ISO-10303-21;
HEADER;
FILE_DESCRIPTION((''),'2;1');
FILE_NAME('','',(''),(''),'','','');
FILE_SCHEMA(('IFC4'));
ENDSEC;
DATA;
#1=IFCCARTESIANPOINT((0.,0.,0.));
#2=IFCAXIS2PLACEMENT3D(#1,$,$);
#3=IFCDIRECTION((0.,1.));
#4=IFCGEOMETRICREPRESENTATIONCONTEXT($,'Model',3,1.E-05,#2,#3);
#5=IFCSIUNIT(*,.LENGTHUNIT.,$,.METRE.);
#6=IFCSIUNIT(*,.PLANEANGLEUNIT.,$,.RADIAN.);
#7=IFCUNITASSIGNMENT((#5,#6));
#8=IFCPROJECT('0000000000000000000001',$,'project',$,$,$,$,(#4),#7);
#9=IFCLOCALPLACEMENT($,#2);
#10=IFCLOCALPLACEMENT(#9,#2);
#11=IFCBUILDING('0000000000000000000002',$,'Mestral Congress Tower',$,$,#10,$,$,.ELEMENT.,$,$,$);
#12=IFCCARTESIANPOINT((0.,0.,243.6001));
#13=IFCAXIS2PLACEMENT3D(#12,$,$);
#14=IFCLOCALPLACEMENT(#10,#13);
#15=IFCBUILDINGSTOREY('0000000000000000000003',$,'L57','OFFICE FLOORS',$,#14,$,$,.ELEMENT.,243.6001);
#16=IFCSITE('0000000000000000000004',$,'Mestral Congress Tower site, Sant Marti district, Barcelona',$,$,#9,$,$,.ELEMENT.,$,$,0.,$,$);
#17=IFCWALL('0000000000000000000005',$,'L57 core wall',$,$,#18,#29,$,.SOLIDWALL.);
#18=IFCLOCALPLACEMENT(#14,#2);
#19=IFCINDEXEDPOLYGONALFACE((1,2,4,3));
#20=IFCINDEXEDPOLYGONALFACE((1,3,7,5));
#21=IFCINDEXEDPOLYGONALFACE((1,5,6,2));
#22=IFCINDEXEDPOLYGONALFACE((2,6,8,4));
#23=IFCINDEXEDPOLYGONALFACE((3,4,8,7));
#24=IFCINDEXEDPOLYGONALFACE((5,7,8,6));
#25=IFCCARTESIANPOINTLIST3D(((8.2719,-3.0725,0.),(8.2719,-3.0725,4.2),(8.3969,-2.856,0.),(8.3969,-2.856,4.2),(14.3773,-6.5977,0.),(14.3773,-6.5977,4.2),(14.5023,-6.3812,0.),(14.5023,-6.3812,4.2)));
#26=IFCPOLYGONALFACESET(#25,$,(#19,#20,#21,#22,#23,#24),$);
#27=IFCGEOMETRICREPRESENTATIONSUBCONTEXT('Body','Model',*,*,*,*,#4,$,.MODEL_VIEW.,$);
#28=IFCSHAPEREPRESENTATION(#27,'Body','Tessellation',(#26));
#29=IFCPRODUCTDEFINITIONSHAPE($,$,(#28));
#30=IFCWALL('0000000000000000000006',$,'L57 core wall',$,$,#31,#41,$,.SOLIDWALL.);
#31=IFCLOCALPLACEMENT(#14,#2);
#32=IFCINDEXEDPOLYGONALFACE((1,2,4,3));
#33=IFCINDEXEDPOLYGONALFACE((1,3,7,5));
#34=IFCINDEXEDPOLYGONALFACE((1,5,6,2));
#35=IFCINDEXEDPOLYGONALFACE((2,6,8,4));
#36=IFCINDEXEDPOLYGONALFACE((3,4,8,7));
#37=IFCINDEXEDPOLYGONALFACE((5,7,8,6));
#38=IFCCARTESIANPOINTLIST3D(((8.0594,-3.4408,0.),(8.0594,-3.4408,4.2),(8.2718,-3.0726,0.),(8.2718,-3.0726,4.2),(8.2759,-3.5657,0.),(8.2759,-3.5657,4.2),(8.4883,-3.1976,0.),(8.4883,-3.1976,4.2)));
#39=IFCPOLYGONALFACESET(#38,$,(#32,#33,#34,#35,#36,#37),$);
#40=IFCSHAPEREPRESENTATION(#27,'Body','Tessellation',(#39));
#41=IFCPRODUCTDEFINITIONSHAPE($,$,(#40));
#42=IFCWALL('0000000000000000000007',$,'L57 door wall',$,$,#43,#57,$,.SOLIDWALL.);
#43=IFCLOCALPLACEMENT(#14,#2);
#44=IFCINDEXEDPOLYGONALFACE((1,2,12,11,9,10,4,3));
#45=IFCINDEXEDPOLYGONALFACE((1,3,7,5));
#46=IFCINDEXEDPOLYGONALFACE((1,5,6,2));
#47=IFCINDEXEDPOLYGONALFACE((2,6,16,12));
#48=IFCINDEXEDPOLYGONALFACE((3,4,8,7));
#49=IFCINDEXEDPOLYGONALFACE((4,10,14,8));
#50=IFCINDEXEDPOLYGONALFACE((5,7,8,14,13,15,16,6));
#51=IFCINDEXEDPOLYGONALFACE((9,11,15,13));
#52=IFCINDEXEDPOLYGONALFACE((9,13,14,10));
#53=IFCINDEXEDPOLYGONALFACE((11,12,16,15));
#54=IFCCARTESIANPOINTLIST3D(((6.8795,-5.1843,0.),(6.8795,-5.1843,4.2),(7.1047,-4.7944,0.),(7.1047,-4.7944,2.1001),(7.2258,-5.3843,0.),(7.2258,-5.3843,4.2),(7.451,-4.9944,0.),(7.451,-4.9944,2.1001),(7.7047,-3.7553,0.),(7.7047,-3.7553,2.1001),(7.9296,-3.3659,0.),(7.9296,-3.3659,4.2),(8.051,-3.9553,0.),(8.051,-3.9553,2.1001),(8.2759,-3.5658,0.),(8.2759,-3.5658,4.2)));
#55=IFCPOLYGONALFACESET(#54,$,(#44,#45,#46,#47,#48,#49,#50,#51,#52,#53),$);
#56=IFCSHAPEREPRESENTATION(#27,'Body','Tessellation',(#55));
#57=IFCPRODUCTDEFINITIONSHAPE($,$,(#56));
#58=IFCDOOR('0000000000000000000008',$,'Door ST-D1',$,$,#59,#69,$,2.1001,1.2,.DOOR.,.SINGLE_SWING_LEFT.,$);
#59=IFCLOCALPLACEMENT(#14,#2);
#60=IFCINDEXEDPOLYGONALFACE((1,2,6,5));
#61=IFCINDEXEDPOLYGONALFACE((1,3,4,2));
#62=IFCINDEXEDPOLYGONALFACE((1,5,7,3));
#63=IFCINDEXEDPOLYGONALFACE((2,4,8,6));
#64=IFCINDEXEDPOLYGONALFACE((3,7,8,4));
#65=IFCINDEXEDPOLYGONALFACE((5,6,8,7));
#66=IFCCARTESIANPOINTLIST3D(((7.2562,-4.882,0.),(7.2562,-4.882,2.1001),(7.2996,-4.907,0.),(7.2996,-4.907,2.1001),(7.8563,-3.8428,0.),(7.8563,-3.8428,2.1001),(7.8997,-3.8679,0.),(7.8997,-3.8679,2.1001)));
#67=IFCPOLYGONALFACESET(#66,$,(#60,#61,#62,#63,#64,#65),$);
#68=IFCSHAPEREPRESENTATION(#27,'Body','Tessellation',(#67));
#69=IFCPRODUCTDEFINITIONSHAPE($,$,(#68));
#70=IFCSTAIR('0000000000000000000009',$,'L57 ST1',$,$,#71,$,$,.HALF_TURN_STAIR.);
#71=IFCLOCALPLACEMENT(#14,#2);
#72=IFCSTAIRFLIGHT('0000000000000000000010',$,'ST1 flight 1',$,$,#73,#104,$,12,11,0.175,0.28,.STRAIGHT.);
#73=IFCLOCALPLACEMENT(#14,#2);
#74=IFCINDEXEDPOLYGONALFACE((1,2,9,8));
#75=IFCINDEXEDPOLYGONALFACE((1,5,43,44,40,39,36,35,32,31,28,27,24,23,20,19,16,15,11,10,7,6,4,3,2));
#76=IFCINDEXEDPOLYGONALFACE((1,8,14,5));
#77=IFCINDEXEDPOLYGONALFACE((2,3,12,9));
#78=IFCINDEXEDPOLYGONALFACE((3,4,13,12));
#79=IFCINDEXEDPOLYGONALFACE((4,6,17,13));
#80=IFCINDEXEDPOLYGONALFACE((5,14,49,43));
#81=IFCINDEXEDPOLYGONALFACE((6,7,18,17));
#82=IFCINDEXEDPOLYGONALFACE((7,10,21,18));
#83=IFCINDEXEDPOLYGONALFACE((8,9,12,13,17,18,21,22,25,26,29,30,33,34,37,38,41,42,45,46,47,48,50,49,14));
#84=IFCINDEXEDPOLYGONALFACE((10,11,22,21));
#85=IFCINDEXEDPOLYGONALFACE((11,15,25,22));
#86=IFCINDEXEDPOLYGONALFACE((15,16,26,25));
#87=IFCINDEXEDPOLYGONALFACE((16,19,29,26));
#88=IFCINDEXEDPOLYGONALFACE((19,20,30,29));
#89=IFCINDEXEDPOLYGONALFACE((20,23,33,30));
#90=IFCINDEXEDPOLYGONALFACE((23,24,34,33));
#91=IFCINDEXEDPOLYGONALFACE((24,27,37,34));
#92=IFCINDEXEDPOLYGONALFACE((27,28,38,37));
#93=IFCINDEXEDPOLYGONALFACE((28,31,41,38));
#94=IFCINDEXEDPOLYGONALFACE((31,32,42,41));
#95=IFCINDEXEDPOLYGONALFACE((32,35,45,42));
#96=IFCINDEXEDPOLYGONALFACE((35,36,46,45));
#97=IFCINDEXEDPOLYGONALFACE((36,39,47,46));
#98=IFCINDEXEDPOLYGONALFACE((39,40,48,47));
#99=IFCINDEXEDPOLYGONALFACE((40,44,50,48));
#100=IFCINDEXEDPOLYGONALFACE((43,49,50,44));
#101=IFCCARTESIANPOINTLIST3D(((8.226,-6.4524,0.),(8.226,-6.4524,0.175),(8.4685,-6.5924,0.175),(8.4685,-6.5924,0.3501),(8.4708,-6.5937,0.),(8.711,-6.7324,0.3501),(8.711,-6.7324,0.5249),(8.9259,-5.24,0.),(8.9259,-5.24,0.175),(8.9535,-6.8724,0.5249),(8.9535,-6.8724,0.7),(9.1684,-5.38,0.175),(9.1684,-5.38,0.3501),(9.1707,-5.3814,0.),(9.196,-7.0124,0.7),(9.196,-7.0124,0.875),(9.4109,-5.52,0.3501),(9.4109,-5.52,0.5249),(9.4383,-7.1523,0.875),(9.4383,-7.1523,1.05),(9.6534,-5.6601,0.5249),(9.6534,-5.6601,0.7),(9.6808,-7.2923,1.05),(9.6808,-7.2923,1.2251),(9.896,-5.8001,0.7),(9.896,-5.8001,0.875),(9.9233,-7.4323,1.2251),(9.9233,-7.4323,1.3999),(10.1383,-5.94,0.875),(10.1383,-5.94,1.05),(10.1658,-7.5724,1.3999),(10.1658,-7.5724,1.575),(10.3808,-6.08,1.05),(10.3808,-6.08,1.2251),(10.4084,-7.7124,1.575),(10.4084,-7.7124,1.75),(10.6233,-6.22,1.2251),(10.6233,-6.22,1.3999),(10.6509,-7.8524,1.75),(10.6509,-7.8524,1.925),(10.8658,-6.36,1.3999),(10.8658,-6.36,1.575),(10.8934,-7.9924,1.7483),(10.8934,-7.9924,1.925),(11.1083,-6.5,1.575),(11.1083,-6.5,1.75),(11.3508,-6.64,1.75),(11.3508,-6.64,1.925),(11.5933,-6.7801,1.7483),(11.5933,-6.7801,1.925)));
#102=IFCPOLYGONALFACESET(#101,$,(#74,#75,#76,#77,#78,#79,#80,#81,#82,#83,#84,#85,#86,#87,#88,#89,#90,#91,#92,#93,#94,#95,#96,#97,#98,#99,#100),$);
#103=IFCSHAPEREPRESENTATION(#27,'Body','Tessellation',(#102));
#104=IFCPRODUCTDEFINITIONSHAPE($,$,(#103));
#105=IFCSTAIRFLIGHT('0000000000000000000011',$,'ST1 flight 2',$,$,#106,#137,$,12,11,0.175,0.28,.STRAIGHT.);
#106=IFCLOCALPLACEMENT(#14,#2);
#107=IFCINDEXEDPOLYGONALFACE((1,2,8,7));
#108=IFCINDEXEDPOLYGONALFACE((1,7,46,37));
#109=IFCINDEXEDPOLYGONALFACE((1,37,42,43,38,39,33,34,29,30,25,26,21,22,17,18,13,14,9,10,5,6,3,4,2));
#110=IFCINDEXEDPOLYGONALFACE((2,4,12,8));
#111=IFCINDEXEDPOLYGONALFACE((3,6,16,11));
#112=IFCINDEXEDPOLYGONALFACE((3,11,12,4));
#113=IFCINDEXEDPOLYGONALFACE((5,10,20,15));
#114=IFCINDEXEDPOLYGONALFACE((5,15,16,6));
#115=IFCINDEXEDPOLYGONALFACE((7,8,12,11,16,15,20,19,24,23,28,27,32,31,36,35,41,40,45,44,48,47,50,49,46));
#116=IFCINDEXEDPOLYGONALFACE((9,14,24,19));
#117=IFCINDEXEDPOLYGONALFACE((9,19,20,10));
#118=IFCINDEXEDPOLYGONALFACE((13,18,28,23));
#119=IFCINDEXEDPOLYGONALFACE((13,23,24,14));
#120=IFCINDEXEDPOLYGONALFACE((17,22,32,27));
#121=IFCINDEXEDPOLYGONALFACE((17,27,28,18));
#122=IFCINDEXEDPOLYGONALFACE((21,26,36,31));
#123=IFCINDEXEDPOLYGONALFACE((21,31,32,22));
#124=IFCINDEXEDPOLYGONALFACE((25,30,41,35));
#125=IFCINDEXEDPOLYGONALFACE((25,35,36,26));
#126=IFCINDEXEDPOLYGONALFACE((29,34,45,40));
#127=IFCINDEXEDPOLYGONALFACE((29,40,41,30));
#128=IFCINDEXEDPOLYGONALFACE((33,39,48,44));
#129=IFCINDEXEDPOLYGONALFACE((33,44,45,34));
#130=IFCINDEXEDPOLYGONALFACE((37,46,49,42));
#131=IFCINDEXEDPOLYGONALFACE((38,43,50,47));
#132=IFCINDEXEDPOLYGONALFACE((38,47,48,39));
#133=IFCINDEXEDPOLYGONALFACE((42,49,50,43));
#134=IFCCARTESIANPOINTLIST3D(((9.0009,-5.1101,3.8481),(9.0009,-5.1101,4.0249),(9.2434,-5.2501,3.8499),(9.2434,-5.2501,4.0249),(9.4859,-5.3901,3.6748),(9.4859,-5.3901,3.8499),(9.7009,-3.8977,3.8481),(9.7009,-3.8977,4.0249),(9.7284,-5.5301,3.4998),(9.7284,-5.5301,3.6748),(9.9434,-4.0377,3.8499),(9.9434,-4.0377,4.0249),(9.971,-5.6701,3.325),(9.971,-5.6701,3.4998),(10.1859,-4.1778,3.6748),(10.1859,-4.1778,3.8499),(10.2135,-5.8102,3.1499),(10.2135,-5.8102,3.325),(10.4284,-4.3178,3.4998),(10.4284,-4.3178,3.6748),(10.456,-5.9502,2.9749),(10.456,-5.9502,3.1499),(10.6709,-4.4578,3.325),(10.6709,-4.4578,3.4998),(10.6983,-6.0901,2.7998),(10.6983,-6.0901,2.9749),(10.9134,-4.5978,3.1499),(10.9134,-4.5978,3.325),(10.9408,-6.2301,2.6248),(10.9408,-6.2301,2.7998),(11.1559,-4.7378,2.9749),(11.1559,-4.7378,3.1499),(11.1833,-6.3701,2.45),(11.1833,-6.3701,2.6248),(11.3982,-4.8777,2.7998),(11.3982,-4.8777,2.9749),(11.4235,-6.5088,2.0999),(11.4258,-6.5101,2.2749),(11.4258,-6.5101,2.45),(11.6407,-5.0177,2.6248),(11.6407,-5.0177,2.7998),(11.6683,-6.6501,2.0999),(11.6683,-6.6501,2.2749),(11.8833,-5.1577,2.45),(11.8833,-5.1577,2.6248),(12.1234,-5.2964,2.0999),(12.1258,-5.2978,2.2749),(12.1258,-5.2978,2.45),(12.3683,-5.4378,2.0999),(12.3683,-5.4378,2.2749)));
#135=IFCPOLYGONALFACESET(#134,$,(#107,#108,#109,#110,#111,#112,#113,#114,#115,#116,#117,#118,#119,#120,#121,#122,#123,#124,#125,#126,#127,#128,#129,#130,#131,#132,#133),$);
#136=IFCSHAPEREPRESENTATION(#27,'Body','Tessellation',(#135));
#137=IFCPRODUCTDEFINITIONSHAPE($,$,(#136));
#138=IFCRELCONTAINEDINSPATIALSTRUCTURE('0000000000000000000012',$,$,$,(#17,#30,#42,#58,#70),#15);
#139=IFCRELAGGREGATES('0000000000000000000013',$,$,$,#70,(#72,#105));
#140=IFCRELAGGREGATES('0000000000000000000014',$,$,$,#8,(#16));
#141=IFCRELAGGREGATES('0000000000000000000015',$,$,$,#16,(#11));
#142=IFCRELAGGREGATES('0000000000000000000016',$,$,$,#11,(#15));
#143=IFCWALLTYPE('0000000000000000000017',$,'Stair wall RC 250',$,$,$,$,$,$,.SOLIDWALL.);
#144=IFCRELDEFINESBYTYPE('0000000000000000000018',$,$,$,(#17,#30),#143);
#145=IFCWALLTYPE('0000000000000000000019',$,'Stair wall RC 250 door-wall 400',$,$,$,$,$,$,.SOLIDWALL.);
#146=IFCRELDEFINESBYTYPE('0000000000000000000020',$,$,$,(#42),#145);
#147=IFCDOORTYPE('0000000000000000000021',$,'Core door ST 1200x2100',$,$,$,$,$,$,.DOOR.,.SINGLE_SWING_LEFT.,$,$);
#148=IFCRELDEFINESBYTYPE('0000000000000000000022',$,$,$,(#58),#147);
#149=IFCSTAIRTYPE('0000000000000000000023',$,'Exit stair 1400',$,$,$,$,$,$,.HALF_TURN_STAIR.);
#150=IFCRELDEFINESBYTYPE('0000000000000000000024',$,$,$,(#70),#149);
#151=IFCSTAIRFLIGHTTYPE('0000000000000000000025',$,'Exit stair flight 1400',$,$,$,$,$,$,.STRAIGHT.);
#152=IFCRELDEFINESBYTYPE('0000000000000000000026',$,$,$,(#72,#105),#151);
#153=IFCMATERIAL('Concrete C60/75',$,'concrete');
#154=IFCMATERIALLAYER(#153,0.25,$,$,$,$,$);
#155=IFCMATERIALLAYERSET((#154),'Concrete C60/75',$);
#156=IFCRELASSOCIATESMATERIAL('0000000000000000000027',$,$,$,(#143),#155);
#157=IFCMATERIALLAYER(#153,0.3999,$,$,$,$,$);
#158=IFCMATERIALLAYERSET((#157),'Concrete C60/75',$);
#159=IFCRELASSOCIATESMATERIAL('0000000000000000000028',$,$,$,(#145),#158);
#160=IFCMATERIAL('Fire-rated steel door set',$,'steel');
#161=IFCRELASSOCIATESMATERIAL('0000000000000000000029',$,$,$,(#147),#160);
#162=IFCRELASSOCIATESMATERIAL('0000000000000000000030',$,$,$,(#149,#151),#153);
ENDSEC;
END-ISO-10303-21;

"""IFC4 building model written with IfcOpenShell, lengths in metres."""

from ifc_helpers import new_model, si_unit, direction, frame, frame_2d, origin, place, context, subcontext, project, spatial, polyline, rectangle, outline, extrude, material, layer, layer_set, type_object, element, fill, aggregate, save


model = new_model("IFC4")

# Units and contexts
model_context = context("Model", 3, precision=1e-05, world=origin(), true_north=direction((0.0, 1.0)))
body_context = subcontext(model_context, "Body", "Model", "MODEL_VIEW")
ifc_project = project(units=[si_unit("LENGTHUNIT", "METRE"), si_unit("PLANEANGLEUNIT", "RADIAN")], contexts=[model_context])

# Site, building, storey
site_placement = place(None, origin())
site = spatial("IfcSite", under=ifc_project, at=site_placement, Name="Mestral Congress Tower site, Sant Marti district, Barcelona", CompositionType="ELEMENT", RefElevation=0.0)
building_placement = place(site_placement, origin())
building = spatial("IfcBuilding", under=site, at=building_placement, Name="Mestral Congress Tower", CompositionType="ELEMENT")
storey_placement = place(building_placement, frame((0.0, 0.0, 243.6001)))
storey = spatial("IfcBuildingStorey", under=building, at=storey_placement, Name="L57", Description="OFFICE FLOORS", CompositionType="ELEMENT", Elevation=243.6001)

# Shared definitions
ifc_material_1 = material(Name="Fire-rated steel door set", Category="steel")

# Shared definitions
ifc_material_2 = material(Name="Concrete C60/75", Category="concrete")

# Walls
ifc_layer_1 = layer(ifc_material_2, 0.25)
ifc_layer_set_1 = layer_set([ifc_layer_1], Name="Concrete C60/75")
wall_type_1 = type_object("IfcWallType", Name="Stair wall RC 250", PredefinedType="SOLIDWALL", material=ifc_layer_set_1)
wall_1_placement = place(storey_placement, frame((8.3345, -2.9644, 0.0), z_axis=(0.0, 0.0, 1.0), x_axis=(0.866016, -0.500016, 0.0)))
element("IfcWall", 1, at=wall_1_placement, inside=storey, type_object=wall_type_1, Name="L57 core wall", PredefinedType="SOLIDWALL", context=body_context, shape_type="SweptSolid", body=[
    extrude(rectangle(XDim=7.05, YDim=0.25, at=frame_2d((3.5249, 0.0))), origin(), (0.0, 0.0, 1.0), 4.2),
])
wall_2_placement = place(storey_placement, frame((8.1677, -3.5032, 0.0), z_axis=(0.0, 0.0, 1.0), x_axis=(0.499722, 0.866186, 0.0)))
element("IfcWall", 2, at=wall_2_placement, inside=storey, type_object=wall_type_1, Name="L57 core wall", PredefinedType="SOLIDWALL", context=body_context, shape_type="SweptSolid", body=[
    extrude(rectangle(XDim=0.425, YDim=0.25, at=frame_2d((0.2124, 0.0))), origin(), (0.0, 0.0, 1.0), 4.2),
])

# Wall, opening, door
ifc_layer_2 = layer(ifc_material_2, 0.3999)
ifc_layer_set_2 = layer_set([ifc_layer_2], Name="Concrete C60/75")
wall_type_2 = type_object("IfcWallType", Name="Stair wall RC 250 door-wall 400", PredefinedType="SOLIDWALL", material=ifc_layer_set_2)
wall_3_placement = place(storey_placement, frame((7.0527, -5.2842, 0.0), z_axis=(0.0, 0.0, 1.0), x_axis=(0.500078, 0.86598, 0.0)))
wall_3 = element("IfcWall", 3, at=wall_3_placement, inside=storey, type_object=wall_type_2, Name="L57 door wall", PredefinedType="SOLIDWALL", context=body_context, shape_type="SweptSolid", body=[
    extrude(rectangle(XDim=2.0999, YDim=0.3999, at=frame_2d((1.0498, 0.0))), origin(), (0.0, 0.0, 1.0), 4.2),
])
opening_1_placement = place(wall_3_placement, frame((0.45, 0.0, 0.0)))
opening_1 = element("IfcOpeningElement", 4, at=opening_1_placement, cuts=wall_3, PredefinedType="OPENING", context=body_context, shape_type="SweptSolid", body=[
    extrude(rectangle(XDim=1.2, YDim=2.1001, at=frame_2d((0.6001, 1.05))), frame((0.0, 0.21, 0.0), z_axis=(0.0, -1.0, 0.0), x_axis=(1.0, 0.0, 0.0)), (0.0, 0.0, 1.0), 0.4199),
])
door_type_1 = type_object("IfcDoorType", Name="Core door ST 1200x2100", OperationType="SINGLE_SWING_LEFT", PredefinedType="DOOR", material=ifc_material_1)
door_1_placement = place(opening_1_placement, origin())
door_1 = element("IfcDoor", 5, at=door_1_placement, inside=storey, type_object=door_type_1, Name="Door ST-D1", OperationType="SINGLE_SWING_LEFT", OverallHeight=2.1001, OverallWidth=1.2, PredefinedType="DOOR", context=body_context, shape_type="SweptSolid", body=[
    extrude(rectangle(XDim=1.2, YDim=2.1001, at=frame_2d((0.6001, 1.05))), frame((0.0, 0.0249, 0.0), z_axis=(0.0, -1.0, 0.0), x_axis=(1.0, 0.0, 0.0)), (0.0, 0.0, 1.0), 0.05),
])
fill(opening_1, door_1)

# Stair, stair flights
stair_type = type_object("IfcStairType", Name="Exit stair 1400", PredefinedType="HALF_TURN_STAIR", material=ifc_material_2)
stair_placement = place(storey_placement, origin())
stair = element("IfcStair", 6, at=stair_placement, inside=storey, type_object=stair_type, Name="L57 ST1", PredefinedType="HALF_TURN_STAIR")
stair_flight_type = type_object("IfcStairFlightType", Name="Exit stair flight 1400", PredefinedType="STRAIGHT", material=ifc_material_2)
stair_flight_1_placement = place(storey_placement, frame((8.5759, -5.8462, 0.0), z_axis=(0.0, 0.0, 1.0), x_axis=(0.866025, -0.5, 0.0)))
stair_flight_1 = element("IfcStairFlight", 7, at=stair_flight_1_placement, type_object=stair_flight_type, Name="ST1 flight 1", NumberOfRisers=12, NumberOfTreads=11, PredefinedType="STRAIGHT", RiserHeight=0.175, TreadLength=0.28, context=body_context, shape_type="SweptSolid", body=[
    extrude(outline(polyline([(0.0, 0.0), (0.0, 0.175), (0.28, 0.175), (0.28, 0.3501), (0.5601, 0.3501), (0.5601, 0.5249), (0.8401, 0.5249), (0.8401, 0.7), (1.1201, 0.7), (1.1201, 0.875), (1.3999, 0.875), (1.3999, 1.05), (1.6799, 1.05), (1.6799, 1.2251), (1.96, 1.2251), (1.96, 1.3999), (2.24, 1.3999), (2.24, 1.575), (2.52, 1.575), (2.52, 1.75), (2.8, 1.75), (2.8, 1.925), (3.0801, 1.925), (3.0801, 2.1001), (3.0801, 1.7483), (0.2827, 0.0), (0.0, 0.0)])), frame((0.0, 0.7, 0.0), z_axis=(0.0, -1.0, 0.0), x_axis=(1.0, 0.0, 0.0)), (0.0, 0.0, 1.0), 1.3999),
])
stair_flight_2_placement = place(storey_placement, frame((12.0183, -6.0439, 2.0999), z_axis=(0.0, 0.0, 1.0), x_axis=(-0.866025, 0.5, 0.0)))
stair_flight_2 = element("IfcStairFlight", 8, at=stair_flight_2_placement, type_object=stair_flight_type, Name="ST1 flight 2", NumberOfRisers=12, NumberOfTreads=11, PredefinedType="STRAIGHT", RiserHeight=0.175, TreadLength=0.28, context=body_context, shape_type="SweptSolid", body=[
    extrude(outline(polyline([(0.0, 0.0), (0.0, 0.175), (0.28, 0.175), (0.28, 0.3501), (0.5601, 0.3501), (0.5601, 0.5249), (0.8401, 0.5249), (0.8401, 0.7), (1.1201, 0.7), (1.1201, 0.875), (1.3999, 0.875), (1.3999, 1.05), (1.6799, 1.05), (1.6799, 1.2251), (1.96, 1.2251), (1.96, 1.3999), (2.24, 1.3999), (2.24, 1.575), (2.52, 1.575), (2.52, 1.75), (2.8, 1.75), (2.8, 1.925), (3.0801, 1.925), (3.0801, 2.1001), (3.0801, 1.7483), (0.2827, 0.0), (0.0, 0.0)])), frame((0.0, 0.7, 0.0), z_axis=(0.0, -1.0, 0.0), x_axis=(1.0, 0.0, 0.0)), (0.0, 0.0, 1.0), 1.3999),
])
aggregate(stair, [stair_flight_1, stair_flight_2])

save(model, "model.ifc")
